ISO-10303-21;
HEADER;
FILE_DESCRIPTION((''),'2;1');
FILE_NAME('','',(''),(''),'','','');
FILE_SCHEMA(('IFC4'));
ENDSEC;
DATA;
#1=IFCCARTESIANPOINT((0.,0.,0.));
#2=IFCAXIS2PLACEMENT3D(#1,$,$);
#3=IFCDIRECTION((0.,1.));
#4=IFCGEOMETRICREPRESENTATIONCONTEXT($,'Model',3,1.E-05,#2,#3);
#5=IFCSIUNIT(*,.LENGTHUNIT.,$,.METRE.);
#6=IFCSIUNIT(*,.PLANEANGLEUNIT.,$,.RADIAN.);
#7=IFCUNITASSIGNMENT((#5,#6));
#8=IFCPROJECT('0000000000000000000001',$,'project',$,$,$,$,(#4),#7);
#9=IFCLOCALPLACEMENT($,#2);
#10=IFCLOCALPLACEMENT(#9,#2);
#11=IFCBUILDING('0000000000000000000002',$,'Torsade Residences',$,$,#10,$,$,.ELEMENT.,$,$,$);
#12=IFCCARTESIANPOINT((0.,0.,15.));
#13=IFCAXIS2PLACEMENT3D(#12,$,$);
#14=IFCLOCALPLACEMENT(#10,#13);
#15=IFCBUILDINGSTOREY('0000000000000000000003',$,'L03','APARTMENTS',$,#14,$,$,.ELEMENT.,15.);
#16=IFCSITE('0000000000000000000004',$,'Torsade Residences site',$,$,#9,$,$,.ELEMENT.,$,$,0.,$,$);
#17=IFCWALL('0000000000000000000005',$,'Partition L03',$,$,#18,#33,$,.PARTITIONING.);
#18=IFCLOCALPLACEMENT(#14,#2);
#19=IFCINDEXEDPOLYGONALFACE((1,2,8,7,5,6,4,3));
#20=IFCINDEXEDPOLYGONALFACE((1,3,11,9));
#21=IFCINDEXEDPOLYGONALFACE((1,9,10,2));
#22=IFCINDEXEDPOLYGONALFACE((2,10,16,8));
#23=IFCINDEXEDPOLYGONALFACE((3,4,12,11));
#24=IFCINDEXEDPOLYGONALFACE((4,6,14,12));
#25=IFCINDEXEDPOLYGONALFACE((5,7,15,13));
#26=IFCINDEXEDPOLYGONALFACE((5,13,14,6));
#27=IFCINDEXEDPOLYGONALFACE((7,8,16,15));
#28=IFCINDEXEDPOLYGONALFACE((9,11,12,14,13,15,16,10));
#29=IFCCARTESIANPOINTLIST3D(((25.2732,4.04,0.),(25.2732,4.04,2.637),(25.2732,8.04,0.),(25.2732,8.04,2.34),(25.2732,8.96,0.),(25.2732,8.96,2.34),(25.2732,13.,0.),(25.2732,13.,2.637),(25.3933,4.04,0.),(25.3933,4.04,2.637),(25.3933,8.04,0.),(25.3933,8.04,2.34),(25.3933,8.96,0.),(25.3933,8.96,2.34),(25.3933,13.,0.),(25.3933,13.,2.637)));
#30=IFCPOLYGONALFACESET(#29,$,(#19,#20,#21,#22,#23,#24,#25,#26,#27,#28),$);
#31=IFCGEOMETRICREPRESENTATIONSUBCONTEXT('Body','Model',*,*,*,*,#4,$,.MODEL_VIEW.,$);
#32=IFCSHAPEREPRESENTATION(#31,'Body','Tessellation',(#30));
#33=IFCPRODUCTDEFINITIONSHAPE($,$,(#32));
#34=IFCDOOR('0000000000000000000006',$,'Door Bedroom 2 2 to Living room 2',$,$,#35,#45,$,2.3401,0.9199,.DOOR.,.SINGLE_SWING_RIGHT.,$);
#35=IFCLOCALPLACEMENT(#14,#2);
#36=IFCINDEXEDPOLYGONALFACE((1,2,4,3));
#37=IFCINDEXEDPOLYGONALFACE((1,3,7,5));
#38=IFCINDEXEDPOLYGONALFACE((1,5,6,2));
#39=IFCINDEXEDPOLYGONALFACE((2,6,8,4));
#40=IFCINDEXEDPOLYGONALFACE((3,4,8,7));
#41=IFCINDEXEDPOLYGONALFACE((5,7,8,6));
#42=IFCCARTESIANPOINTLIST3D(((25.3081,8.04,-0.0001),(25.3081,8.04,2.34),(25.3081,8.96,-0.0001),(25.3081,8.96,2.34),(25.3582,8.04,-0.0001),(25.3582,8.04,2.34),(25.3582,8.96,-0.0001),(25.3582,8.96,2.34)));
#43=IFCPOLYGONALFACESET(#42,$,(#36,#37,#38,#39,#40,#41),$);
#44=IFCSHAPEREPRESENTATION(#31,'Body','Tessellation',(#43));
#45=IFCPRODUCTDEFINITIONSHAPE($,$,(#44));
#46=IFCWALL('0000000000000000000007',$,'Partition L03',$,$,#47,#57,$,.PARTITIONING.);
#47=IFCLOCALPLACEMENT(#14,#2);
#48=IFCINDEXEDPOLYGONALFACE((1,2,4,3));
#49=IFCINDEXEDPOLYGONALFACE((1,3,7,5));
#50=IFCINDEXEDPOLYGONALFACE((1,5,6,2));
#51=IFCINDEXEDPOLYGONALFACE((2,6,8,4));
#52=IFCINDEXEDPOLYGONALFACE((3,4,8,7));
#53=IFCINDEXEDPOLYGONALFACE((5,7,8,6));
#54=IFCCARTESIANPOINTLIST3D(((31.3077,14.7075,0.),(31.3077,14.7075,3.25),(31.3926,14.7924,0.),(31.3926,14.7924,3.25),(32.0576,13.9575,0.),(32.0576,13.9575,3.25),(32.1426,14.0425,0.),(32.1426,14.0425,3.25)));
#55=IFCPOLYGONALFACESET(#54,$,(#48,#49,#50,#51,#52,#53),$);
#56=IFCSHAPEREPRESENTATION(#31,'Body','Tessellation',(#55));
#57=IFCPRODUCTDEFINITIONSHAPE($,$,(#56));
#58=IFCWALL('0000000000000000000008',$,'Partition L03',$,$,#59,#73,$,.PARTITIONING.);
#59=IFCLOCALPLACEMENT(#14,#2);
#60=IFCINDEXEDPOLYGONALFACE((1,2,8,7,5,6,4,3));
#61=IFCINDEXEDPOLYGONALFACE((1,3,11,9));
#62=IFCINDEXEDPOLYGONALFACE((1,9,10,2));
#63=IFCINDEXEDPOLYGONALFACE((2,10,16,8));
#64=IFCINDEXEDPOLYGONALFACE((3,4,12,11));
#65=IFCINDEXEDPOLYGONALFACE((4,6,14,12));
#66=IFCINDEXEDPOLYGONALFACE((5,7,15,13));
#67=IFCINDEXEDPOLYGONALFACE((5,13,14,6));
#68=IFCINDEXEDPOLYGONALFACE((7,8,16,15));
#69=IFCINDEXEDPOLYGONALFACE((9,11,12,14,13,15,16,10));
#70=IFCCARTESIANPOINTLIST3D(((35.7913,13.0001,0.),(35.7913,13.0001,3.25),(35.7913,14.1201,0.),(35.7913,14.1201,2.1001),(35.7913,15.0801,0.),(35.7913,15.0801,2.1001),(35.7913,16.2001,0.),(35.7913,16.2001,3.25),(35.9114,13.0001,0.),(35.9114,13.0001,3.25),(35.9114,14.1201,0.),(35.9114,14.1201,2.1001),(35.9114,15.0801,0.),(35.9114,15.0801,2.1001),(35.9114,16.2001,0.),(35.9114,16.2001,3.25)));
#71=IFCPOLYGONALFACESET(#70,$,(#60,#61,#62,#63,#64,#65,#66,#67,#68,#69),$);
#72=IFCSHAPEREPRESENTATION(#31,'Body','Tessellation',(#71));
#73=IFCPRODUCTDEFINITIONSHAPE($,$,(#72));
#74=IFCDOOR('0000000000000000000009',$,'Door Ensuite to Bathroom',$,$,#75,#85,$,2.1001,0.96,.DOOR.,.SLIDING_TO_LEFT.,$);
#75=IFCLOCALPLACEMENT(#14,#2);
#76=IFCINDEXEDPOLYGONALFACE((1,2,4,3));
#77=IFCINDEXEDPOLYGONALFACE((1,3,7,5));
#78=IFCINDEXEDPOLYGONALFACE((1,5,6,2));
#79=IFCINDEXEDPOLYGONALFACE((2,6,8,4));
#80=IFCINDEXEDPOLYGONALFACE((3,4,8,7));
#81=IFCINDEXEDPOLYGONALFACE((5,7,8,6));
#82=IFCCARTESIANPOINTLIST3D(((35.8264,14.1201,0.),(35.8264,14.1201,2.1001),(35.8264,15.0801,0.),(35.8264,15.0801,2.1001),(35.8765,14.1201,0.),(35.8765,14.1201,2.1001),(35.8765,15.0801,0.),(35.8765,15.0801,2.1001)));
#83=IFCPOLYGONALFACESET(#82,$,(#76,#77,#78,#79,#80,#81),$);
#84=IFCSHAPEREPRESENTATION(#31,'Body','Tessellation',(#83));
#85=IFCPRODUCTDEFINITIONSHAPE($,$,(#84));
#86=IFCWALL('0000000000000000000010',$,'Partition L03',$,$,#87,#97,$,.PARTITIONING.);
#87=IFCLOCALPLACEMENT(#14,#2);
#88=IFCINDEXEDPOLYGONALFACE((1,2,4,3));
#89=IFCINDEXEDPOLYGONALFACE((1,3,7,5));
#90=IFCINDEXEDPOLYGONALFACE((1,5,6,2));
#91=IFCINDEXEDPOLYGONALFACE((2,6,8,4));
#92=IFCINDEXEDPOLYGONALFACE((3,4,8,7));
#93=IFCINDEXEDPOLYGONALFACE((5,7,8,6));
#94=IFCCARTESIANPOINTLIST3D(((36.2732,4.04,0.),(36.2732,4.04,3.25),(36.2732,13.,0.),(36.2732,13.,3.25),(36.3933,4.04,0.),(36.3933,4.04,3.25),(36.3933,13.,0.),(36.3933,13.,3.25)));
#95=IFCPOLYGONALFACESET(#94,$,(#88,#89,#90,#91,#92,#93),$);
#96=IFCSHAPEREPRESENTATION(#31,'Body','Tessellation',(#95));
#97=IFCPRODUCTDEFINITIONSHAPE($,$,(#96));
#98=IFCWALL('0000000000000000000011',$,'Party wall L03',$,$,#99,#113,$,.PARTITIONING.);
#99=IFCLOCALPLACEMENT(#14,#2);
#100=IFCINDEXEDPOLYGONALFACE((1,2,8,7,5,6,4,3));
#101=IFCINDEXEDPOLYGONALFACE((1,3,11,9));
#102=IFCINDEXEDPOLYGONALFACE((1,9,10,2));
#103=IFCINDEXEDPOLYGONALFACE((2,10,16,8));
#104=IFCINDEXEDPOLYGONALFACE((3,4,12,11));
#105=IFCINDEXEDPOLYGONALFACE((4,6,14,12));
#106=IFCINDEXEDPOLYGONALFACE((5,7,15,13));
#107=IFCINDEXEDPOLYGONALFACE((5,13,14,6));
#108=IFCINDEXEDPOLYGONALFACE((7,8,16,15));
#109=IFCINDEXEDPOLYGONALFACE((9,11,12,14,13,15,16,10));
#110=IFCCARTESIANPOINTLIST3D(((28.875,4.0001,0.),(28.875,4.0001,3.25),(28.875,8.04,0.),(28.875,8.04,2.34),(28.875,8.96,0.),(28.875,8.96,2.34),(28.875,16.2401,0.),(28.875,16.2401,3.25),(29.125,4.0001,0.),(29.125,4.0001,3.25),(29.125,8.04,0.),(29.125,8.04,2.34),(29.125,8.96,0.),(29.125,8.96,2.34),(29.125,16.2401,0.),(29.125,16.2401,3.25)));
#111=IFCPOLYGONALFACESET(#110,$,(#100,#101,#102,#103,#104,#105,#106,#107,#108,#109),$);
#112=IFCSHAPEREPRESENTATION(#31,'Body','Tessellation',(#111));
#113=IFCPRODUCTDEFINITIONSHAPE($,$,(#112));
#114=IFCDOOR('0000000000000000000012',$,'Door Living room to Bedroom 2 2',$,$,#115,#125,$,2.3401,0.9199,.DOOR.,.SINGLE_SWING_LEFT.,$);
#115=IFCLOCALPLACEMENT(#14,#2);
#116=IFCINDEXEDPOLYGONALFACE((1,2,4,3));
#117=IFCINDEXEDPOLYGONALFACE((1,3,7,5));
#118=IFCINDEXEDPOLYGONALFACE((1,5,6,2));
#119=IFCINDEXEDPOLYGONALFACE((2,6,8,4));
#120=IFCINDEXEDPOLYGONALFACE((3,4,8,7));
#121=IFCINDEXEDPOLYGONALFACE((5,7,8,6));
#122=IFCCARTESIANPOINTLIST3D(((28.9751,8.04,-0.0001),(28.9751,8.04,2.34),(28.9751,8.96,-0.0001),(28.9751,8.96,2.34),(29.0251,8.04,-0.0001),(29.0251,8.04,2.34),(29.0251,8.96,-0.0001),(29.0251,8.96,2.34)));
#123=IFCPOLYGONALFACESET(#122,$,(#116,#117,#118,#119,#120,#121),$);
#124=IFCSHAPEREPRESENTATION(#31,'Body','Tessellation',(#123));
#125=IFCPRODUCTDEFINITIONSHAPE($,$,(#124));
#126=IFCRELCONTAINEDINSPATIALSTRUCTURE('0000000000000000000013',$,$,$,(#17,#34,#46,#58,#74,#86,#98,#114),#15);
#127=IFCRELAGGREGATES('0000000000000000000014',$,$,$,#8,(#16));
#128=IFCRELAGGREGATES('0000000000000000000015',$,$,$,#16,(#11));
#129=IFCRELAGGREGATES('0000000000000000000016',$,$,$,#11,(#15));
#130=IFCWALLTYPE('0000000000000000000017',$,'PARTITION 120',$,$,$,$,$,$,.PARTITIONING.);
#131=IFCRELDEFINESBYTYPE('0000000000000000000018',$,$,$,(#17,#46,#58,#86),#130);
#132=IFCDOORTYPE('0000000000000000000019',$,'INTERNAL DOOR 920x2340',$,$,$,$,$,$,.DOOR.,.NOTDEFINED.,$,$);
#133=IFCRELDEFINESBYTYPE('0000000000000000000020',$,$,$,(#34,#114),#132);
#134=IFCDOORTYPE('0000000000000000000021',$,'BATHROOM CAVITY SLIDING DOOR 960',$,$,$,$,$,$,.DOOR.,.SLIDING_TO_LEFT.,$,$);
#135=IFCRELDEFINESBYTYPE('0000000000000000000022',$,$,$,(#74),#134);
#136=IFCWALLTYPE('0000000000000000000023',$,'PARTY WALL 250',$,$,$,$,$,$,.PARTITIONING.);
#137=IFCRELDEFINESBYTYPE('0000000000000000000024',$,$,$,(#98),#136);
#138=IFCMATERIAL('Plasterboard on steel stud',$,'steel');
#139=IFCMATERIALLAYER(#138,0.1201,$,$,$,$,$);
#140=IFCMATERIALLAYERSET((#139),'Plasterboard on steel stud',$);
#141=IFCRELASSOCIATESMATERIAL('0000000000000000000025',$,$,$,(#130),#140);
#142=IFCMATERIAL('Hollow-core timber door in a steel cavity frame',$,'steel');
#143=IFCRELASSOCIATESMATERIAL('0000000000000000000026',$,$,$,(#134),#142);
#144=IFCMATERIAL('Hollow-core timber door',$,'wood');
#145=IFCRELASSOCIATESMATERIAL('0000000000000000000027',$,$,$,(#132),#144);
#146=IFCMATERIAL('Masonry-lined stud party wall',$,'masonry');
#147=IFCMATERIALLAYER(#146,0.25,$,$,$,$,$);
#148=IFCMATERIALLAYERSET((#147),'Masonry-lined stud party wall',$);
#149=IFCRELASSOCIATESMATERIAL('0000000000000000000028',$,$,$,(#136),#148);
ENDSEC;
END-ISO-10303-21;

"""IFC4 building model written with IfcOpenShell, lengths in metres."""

from ifc_helpers import new_model, si_unit, direction, frame, frame_2d, origin, place, context, subcontext, project, spatial, rectangle, extrude, material, layer, layer_set, type_object, element, fill, save


model = new_model("IFC4")

# Units and contexts
model_context = context("Model", 3, precision=1e-05, world=origin(), true_north=direction((0.0, 1.0)))
body_context = subcontext(model_context, "Body", "Model", "MODEL_VIEW")
ifc_project = project(units=[si_unit("LENGTHUNIT", "METRE"), si_unit("PLANEANGLEUNIT", "RADIAN")], contexts=[model_context])

# Site, building, storey
site_placement = place(None, origin())
site = spatial("IfcSite", under=ifc_project, at=site_placement, Name="Torsade Residences site", CompositionType="ELEMENT", RefElevation=0.0)
building_placement = place(site_placement, origin())
building = spatial("IfcBuilding", under=site, at=building_placement, Name="Torsade Residences", CompositionType="ELEMENT")
storey_placement = place(building_placement, frame((0.0, 0.0, 15.0)))
storey = spatial("IfcBuildingStorey", under=building, at=storey_placement, Name="L03", Description="APARTMENTS", CompositionType="ELEMENT", Elevation=15.0)

# Shared definitions
ifc_material_1 = material(Name="Plasterboard on steel stud", Category="steel")
ifc_layer_1 = layer(ifc_material_1, 0.1201)
ifc_layer_set_1 = layer_set([ifc_layer_1], Name="Plasterboard on steel stud")
wall_type_1 = type_object("IfcWallType", Name="PARTITION 120", PredefinedType="PARTITIONING", material=ifc_layer_set_1)
ifc_material_2 = material(Name="Hollow-core timber door in a steel cavity frame", Category="steel")
door_type_1 = type_object("IfcDoorType", Name="BATHROOM CAVITY SLIDING DOOR 960", OperationType="SLIDING_TO_LEFT", PredefinedType="DOOR", material=ifc_material_2)

# Wall, opening, door
wall_1_placement = place(storey_placement, frame((25.3333, 13.0, 0.0), z_axis=(0.0, 0.0, 1.0), x_axis=(0.0, -1.0, 0.0)))
wall_1 = element("IfcWall", 1, at=wall_1_placement, inside=storey, type_object=wall_type_1, Name="Partition L03", PredefinedType="PARTITIONING", context=body_context, shape_type="SweptSolid", body=[
    extrude(rectangle(XDim=8.96, YDim=0.1201, at=frame_2d((4.48, 0.0))), origin(), (0.0, 0.0, 1.0), 2.637),
])
opening_1_placement = place(wall_1_placement, frame((4.04, 0.0, 0.0)))
opening_1 = element("IfcOpeningElement", 2, at=opening_1_placement, cuts=wall_1, PredefinedType="OPENING", context=body_context, shape_type="SweptSolid", body=[
    extrude(rectangle(XDim=0.9199, YDim=2.3401, at=frame_2d((0.46, 1.1699))), frame((0.0, 0.0701, 0.0), z_axis=(0.0, -1.0, 0.0), x_axis=(1.0, 0.0, 0.0)), (0.0, 0.0, 1.0), 0.1401),
])
ifc_material_3 = material(Name="Hollow-core timber door", Category="wood")
door_type_2 = type_object("IfcDoorType", Name="INTERNAL DOOR 920x2340", OperationType="NOTDEFINED", PredefinedType="DOOR", material=ifc_material_3)
door_1_placement = place(opening_1_placement, origin())
door_1 = element("IfcDoor", 3, at=door_1_placement, inside=storey, type_object=door_type_2, Name="Door Bedroom 2 2 to Living room 2", OperationType="SINGLE_SWING_RIGHT", OverallHeight=2.3401, OverallWidth=0.9199, PredefinedType="DOOR", context=body_context, shape_type="SweptSolid", body=[
    extrude(rectangle(XDim=0.9199, YDim=2.3401, at=frame_2d((0.46, 1.1699))), frame((0.0, 0.0249, 0.0), z_axis=(0.0, -1.0, 0.0), x_axis=(1.0, 0.0, 0.0)), (0.0, 0.0, 1.0), 0.05),
])
fill(opening_1, door_1)

# Wall
wall_2_placement = place(storey_placement, frame((32.1001, 14.0, 0.0), z_axis=(0.0, 0.0, 1.0), x_axis=(-0.707107, 0.707107, 0.0)))
element("IfcWall", 4, at=wall_2_placement, inside=storey, type_object=wall_type_1, Name="Partition L03", PredefinedType="PARTITIONING", context=body_context, shape_type="SweptSolid", body=[
    extrude(rectangle(XDim=1.0605, YDim=0.1201, at=frame_2d((0.5303, 0.0))), origin(), (0.0, 0.0, 1.0), 3.25),
])

# Wall, opening, door
wall_3_placement = place(storey_placement, frame((35.8513, 13.0, 0.0), z_axis=(0.0, 0.0, 1.0), x_axis=(0.0, 1.0, 0.0)))
wall_3 = element("IfcWall", 5, at=wall_3_placement, inside=storey, type_object=wall_type_1, Name="Partition L03", PredefinedType="PARTITIONING", context=body_context, shape_type="SweptSolid", body=[
    extrude(rectangle(XDim=3.2, YDim=0.1201, at=frame_2d((1.6001, 0.0))), origin(), (0.0, 0.0, 1.0), 3.25),
])
opening_2_placement = place(wall_3_placement, frame((1.1201, 0.0, 0.0)))
opening_2 = element("IfcOpeningElement", 6, at=opening_2_placement, cuts=wall_3, PredefinedType="OPENING", context=body_context, shape_type="SweptSolid", body=[
    extrude(rectangle(XDim=0.96, YDim=2.1001, at=frame_2d((0.48, 1.05))), frame((0.0, 0.0701, 0.0), z_axis=(0.0, -1.0, 0.0), x_axis=(1.0, 0.0, 0.0)), (0.0, 0.0, 1.0), 0.1401),
])
door_2_placement = place(opening_2_placement, origin())
door_2 = element("IfcDoor", 7, at=door_2_placement, inside=storey, type_object=door_type_1, Name="Door Ensuite to Bathroom", OperationType="SLIDING_TO_LEFT", OverallHeight=2.1001, OverallWidth=0.96, PredefinedType="DOOR", context=body_context, shape_type="SweptSolid", body=[
    extrude(rectangle(XDim=0.96, YDim=2.1001, at=frame_2d((0.48, 1.05))), frame((0.0, 0.0249, 0.0), z_axis=(0.0, -1.0, 0.0), x_axis=(1.0, 0.0, 0.0)), (0.0, 0.0, 1.0), 0.05),
])
fill(opening_2, door_2)

# Wall
wall_4_placement = place(storey_placement, frame((36.3333, 4.04, 0.0), z_axis=(0.0, 0.0, 1.0), x_axis=(0.0, 1.0, 0.0)))
element("IfcWall", 8, at=wall_4_placement, inside=storey, type_object=wall_type_1, Name="Partition L03", PredefinedType="PARTITIONING", context=body_context, shape_type="SweptSolid", body=[
    extrude(rectangle(XDim=8.96, YDim=0.1201, at=frame_2d((4.48, 0.0))), origin(), (0.0, 0.0, 1.0), 3.25),
])

# Wall, opening, door
ifc_material_4 = material(Name="Masonry-lined stud party wall", Category="masonry")
ifc_layer_2 = layer(ifc_material_4, 0.25)
ifc_layer_set_2 = layer_set([ifc_layer_2], Name="Masonry-lined stud party wall")
wall_type_2 = type_object("IfcWallType", Name="PARTY WALL 250", PredefinedType="PARTITIONING", material=ifc_layer_set_2)
wall_5_placement = place(storey_placement, frame((29.0, 4.0, 0.0), z_axis=(0.0, 0.0, 1.0), x_axis=(0.0, 1.0, 0.0)))
wall_5 = element("IfcWall", 9, at=wall_5_placement, inside=storey, type_object=wall_type_2, Name="Party wall L03", PredefinedType="PARTITIONING", context=body_context, shape_type="SweptSolid", body=[
    extrude(rectangle(XDim=12.24, YDim=0.25, at=frame_2d((6.1201, 0.0))), origin(), (0.0, 0.0, 1.0), 3.25),
])
opening_3_placement = place(wall_5_placement, frame((4.04, 0.0, 0.0)))
opening_3 = element("IfcOpeningElement", 10, at=opening_3_placement, cuts=wall_5, PredefinedType="OPENING", context=body_context, shape_type="SweptSolid", body=[
    extrude(rectangle(XDim=0.9199, YDim=2.3401, at=frame_2d((0.46, 1.1699))), frame((0.0, 0.135, 0.0), z_axis=(0.0, -1.0, 0.0), x_axis=(1.0, 0.0, 0.0)), (0.0, 0.0, 1.0), 0.27),
])
door_3_placement = place(opening_3_placement, origin())
door_3 = element("IfcDoor", 11, at=door_3_placement, inside=storey, type_object=door_type_2, Name="Door Living room to Bedroom 2 2", OperationType="SINGLE_SWING_LEFT", OverallHeight=2.3401, OverallWidth=0.9199, PredefinedType="DOOR", context=body_context, shape_type="SweptSolid", body=[
    extrude(rectangle(XDim=0.9199, YDim=2.3401, at=frame_2d((0.46, 1.1699))), frame((0.0, 0.0249, 0.0), z_axis=(0.0, -1.0, 0.0), x_axis=(1.0, 0.0, 0.0)), (0.0, 0.0, 1.0), 0.05),
])
fill(opening_3, door_3)

save(model, "model.ifc")
